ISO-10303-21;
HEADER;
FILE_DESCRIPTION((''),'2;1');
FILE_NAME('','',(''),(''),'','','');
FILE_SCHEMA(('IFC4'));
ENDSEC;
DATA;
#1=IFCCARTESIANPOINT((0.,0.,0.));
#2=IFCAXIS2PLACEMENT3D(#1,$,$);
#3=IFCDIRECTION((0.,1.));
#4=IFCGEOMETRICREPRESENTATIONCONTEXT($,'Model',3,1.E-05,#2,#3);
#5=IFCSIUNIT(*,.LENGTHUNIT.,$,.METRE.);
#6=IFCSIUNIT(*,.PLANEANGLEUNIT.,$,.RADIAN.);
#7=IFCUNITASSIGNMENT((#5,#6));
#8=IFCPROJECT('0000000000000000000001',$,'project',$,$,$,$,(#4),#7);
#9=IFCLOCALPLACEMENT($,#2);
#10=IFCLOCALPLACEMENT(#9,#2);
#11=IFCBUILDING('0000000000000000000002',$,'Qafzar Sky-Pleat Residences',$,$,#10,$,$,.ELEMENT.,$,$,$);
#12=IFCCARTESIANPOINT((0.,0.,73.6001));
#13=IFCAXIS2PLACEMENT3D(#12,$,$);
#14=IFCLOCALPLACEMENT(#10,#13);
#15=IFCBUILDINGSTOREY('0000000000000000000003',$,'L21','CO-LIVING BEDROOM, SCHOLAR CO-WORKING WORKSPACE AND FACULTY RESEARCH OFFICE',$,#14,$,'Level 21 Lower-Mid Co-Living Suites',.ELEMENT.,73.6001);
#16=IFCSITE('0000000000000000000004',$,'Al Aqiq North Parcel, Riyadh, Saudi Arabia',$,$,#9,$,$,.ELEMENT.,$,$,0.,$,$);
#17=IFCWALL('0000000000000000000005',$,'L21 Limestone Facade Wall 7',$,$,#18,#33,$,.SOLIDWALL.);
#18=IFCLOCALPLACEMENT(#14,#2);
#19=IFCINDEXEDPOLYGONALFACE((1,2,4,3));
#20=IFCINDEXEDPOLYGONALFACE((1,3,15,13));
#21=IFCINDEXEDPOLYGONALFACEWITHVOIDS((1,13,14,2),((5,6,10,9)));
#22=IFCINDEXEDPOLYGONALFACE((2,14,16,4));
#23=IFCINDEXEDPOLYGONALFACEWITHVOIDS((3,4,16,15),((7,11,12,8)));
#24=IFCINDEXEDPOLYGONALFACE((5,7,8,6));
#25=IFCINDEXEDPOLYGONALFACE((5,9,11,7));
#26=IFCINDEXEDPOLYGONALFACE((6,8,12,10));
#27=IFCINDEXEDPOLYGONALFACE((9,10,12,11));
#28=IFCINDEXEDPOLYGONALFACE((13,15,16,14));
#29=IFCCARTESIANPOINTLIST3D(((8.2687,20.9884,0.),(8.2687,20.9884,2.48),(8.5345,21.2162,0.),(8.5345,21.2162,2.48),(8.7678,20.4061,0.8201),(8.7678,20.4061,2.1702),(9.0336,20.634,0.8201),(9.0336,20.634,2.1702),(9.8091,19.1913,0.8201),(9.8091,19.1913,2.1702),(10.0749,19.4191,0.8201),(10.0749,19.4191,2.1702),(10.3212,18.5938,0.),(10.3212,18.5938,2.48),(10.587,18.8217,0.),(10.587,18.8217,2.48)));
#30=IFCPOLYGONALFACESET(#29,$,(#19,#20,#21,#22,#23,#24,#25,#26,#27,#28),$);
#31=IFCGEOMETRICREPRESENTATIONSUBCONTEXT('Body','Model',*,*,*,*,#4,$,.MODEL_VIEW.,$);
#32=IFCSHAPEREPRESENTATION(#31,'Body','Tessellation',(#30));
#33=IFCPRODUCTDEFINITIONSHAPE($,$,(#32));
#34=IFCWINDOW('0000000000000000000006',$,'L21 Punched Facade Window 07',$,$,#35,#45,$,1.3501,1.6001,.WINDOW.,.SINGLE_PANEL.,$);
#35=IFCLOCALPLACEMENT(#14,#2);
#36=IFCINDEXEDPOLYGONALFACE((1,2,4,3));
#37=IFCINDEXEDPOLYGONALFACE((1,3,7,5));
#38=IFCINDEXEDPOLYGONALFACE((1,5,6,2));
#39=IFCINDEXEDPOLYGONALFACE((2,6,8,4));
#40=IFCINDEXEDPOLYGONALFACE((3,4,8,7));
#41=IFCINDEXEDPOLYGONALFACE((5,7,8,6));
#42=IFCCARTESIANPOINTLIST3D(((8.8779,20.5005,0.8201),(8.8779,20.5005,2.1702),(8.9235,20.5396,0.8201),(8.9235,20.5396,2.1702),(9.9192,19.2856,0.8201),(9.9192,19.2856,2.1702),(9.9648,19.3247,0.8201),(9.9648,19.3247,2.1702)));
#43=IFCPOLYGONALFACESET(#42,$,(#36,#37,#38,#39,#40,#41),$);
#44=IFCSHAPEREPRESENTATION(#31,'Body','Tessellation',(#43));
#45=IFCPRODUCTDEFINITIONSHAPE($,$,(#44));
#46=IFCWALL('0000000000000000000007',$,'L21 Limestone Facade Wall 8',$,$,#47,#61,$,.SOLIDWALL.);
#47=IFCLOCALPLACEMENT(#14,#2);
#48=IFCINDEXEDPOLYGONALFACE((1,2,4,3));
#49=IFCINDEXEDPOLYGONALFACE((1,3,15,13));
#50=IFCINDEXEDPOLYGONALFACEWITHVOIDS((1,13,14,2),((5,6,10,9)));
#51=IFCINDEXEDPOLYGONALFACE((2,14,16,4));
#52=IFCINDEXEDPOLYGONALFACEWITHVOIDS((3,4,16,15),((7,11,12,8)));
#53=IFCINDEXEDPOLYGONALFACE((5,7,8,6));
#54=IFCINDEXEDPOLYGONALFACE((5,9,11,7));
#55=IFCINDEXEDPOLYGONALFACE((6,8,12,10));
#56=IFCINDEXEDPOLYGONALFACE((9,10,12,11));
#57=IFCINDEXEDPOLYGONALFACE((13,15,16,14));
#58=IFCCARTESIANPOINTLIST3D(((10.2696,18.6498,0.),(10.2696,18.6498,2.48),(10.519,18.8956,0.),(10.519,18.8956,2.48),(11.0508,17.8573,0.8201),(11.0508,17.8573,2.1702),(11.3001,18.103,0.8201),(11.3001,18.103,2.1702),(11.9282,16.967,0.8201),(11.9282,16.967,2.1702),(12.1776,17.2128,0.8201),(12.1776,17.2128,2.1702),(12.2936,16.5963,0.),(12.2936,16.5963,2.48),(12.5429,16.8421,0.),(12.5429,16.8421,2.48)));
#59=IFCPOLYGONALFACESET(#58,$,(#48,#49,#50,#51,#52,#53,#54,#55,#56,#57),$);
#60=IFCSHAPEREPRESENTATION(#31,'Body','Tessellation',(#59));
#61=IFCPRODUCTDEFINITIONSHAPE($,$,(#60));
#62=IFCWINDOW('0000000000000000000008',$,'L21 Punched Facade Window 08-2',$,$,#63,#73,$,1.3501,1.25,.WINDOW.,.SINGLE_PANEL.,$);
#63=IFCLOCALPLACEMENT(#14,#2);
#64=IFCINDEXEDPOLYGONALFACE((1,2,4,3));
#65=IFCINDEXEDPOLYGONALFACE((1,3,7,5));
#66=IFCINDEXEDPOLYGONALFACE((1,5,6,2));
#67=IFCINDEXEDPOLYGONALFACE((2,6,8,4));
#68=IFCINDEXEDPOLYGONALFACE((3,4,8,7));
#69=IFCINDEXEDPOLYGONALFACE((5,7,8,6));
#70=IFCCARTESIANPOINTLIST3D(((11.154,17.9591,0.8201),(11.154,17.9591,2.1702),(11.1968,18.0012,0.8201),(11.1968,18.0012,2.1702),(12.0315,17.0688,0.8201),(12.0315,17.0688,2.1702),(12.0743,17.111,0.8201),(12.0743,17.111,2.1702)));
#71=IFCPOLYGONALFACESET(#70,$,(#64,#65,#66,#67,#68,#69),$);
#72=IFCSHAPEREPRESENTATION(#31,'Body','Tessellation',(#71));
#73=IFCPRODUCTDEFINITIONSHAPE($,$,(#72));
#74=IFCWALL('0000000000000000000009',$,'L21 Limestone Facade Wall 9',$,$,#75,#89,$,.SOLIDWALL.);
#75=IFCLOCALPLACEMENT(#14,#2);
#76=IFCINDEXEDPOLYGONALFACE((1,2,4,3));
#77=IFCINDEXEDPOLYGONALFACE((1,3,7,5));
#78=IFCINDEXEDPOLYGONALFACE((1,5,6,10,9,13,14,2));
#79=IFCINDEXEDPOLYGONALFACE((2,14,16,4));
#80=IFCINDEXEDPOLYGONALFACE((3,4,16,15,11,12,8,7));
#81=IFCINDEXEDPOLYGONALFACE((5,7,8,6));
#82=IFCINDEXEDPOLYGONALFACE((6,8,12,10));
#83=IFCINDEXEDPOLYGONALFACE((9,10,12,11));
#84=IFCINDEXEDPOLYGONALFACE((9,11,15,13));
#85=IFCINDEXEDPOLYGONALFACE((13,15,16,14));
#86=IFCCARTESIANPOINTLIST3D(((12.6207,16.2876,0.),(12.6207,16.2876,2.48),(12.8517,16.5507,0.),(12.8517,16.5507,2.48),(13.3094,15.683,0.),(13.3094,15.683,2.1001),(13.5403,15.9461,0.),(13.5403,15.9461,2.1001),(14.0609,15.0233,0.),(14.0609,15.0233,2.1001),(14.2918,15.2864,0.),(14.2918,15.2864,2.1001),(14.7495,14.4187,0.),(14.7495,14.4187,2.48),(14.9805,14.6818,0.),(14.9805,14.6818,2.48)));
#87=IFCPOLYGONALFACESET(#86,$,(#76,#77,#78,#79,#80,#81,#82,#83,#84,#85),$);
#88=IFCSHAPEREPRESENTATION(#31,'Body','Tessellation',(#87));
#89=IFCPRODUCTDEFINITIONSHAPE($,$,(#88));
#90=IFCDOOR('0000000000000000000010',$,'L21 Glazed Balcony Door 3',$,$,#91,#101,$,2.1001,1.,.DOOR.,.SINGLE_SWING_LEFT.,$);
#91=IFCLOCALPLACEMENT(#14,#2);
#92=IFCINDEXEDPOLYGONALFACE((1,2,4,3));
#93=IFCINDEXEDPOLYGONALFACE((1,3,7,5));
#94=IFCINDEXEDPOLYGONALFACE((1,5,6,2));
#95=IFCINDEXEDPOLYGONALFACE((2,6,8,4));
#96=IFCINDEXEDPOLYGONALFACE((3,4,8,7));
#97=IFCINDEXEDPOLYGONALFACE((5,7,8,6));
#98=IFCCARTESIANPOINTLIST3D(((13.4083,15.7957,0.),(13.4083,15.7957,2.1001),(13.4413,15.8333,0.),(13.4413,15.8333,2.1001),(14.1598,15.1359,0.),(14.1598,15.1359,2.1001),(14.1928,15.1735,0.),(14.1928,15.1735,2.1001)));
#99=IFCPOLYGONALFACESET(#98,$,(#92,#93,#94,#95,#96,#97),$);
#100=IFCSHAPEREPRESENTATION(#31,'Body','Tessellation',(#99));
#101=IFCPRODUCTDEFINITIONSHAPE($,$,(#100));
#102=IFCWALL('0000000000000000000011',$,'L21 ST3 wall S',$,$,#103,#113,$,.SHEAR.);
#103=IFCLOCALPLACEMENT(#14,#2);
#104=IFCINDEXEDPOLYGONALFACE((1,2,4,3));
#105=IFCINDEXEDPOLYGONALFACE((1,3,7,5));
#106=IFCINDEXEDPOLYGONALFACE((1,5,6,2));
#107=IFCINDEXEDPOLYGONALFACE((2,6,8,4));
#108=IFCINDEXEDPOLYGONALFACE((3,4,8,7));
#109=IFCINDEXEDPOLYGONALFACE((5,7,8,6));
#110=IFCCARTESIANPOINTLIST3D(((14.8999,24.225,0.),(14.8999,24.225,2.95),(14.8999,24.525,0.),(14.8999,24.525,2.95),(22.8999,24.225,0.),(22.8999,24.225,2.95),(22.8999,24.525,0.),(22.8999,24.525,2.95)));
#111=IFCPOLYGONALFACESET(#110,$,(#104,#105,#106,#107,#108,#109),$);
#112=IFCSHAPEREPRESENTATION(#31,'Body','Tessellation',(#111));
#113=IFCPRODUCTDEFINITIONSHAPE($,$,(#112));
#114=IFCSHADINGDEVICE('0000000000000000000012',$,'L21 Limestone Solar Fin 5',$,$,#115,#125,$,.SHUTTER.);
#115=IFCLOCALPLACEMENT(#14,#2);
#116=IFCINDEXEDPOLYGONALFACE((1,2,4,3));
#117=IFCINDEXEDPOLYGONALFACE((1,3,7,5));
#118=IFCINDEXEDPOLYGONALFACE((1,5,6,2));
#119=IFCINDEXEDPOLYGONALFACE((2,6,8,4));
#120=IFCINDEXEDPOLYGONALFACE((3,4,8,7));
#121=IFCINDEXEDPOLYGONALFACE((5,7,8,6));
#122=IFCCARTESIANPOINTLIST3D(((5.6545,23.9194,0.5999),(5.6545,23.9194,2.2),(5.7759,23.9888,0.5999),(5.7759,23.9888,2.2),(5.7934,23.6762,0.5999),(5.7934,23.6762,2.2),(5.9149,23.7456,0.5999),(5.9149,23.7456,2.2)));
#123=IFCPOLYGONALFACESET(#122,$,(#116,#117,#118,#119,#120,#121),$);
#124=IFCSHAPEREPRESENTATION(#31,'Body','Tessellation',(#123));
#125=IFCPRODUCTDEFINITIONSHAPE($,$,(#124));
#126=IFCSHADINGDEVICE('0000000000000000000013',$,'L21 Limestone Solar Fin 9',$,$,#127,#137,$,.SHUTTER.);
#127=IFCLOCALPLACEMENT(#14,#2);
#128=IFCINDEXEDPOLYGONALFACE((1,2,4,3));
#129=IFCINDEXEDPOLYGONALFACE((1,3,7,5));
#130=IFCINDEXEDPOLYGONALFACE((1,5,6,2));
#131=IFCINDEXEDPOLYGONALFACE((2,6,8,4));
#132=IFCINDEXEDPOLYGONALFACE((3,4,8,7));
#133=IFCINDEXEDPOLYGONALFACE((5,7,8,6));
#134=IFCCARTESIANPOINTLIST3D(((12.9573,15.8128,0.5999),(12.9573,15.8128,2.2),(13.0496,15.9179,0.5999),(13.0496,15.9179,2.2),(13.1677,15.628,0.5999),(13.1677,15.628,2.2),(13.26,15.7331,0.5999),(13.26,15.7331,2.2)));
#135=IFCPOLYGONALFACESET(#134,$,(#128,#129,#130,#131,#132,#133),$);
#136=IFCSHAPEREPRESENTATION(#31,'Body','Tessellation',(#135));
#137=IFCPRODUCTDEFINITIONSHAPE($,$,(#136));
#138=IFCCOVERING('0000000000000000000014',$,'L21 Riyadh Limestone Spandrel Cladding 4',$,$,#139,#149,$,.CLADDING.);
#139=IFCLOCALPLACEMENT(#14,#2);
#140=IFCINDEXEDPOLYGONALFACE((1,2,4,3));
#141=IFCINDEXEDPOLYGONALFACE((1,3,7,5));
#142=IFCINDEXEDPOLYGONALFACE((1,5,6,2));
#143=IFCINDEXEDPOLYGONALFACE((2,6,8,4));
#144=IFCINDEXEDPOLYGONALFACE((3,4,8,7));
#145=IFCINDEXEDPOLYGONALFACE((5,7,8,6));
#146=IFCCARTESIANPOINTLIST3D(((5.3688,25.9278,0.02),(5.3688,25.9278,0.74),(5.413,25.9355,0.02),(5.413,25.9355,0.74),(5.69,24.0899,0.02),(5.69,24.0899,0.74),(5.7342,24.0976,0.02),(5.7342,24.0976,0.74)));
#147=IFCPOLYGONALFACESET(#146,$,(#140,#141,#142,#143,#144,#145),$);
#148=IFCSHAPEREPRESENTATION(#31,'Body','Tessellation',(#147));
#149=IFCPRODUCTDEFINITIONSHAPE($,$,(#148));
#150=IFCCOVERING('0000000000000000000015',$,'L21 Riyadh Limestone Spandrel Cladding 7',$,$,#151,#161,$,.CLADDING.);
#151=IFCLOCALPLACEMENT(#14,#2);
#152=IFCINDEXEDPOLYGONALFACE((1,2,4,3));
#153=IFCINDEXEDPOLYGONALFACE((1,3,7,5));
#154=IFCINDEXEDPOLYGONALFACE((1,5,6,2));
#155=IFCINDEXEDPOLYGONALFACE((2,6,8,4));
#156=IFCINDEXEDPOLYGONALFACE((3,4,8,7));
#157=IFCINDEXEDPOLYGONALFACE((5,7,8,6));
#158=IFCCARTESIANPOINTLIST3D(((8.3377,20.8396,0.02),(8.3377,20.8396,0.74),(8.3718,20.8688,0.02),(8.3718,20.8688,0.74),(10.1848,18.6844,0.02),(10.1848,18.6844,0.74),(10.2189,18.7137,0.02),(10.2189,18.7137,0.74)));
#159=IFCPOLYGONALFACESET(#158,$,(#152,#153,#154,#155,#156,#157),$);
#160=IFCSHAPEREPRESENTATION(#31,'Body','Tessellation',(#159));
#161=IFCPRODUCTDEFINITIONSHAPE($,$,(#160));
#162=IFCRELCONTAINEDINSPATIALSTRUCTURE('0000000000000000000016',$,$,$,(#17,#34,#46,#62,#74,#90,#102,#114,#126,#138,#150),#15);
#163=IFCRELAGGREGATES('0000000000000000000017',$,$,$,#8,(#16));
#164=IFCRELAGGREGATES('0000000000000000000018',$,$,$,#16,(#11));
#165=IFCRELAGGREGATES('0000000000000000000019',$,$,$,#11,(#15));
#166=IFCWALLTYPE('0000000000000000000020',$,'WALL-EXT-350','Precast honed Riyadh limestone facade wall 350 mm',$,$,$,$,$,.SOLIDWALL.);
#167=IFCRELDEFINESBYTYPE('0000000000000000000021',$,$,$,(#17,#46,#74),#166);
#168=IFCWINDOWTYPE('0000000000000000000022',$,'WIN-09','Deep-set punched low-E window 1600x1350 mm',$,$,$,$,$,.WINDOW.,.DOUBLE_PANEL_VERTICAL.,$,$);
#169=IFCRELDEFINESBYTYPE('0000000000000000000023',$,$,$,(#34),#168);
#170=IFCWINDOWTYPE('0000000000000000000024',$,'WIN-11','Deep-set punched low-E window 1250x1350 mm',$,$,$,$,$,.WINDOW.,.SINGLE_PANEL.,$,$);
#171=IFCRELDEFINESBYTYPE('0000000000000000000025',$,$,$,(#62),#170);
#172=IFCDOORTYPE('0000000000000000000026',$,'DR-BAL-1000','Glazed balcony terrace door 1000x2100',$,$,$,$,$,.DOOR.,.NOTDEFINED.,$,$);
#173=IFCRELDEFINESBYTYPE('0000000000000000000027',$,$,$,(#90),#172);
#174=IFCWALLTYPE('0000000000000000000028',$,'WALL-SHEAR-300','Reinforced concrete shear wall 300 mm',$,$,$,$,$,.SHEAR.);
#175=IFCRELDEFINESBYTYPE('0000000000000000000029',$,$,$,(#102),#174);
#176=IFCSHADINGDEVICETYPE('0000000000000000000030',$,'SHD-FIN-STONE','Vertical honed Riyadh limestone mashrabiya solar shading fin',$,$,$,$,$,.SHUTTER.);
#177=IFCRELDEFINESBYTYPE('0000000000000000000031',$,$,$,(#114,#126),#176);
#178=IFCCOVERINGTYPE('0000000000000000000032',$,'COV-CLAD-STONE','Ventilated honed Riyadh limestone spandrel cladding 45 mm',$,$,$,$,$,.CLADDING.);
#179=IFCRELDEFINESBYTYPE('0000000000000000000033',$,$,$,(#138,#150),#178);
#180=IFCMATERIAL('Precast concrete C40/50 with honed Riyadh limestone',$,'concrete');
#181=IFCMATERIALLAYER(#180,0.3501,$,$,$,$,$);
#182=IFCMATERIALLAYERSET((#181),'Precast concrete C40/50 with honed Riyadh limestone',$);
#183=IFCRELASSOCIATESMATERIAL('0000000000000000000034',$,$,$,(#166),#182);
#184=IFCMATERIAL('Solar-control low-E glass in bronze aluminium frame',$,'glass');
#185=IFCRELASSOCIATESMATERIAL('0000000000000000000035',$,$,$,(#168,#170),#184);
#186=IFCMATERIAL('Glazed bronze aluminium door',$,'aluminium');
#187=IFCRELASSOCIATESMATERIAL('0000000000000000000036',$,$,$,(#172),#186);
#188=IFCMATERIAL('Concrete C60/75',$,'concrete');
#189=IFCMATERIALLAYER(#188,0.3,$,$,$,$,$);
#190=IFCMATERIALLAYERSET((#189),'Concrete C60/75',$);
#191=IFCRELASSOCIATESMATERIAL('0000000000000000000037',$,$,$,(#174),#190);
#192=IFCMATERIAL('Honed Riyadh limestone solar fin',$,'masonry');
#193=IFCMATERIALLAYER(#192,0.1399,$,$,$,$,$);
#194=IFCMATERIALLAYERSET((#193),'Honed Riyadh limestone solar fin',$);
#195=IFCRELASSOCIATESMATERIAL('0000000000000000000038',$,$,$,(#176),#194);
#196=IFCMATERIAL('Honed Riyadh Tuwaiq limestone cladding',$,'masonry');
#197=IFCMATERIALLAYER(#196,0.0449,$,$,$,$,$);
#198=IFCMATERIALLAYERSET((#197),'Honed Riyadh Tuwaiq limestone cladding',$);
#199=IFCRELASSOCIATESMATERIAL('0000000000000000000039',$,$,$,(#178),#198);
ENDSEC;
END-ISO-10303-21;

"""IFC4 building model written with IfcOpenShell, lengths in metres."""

from ifc_helpers import new_model, si_unit, direction, frame, frame_2d, origin, origin_2d, place, context, subcontext, project, spatial, rectangle, extrude, source, transform, mapped, material, layer, layer_set, type_object, element, fill, save


model = new_model("IFC4")

# Units and contexts
model_context = context("Model", 3, precision=1e-05, world=origin(), true_north=direction((0.0, 1.0)))
body_context = subcontext(model_context, "Body", "Model", "MODEL_VIEW")
ifc_project = project(units=[si_unit("LENGTHUNIT", "METRE"), si_unit("PLANEANGLEUNIT", "RADIAN")], contexts=[model_context])

# Site, building, storey
site_placement = place(None, origin())
site = spatial("IfcSite", under=ifc_project, at=site_placement, Name="Al Aqiq North Parcel, Riyadh, Saudi Arabia", CompositionType="ELEMENT", RefElevation=0.0)
building_placement = place(site_placement, origin())
building = spatial("IfcBuilding", under=site, at=building_placement, Name="Qafzar Sky-Pleat Residences", CompositionType="ELEMENT")
storey_placement = place(building_placement, frame((0.0, 0.0, 73.6001)))
storey = spatial("IfcBuildingStorey", under=building, at=storey_placement, Name="L21", Description="CO-LIVING BEDROOM, SCHOLAR CO-WORKING WORKSPACE AND FACULTY RESEARCH OFFICE", LongName="Level 21 Lower-Mid Co-Living Suites", CompositionType="ELEMENT", Elevation=73.6001)

# Shared definitions
ifc_material_1 = material(Name="Concrete C60/75", Category="concrete")

# Walls, openings, windows
ifc_material_2 = material(Name="Precast concrete C40/50 with honed Riyadh limestone", Category="concrete")
ifc_layer_1 = layer(ifc_material_2, 0.3501)
ifc_layer_set_1 = layer_set([ifc_layer_1], Name="Precast concrete C40/50 with honed Riyadh limestone")
wall_type_1 = type_object("IfcWallType", Name="WALL-EXT-350", Description="Precast honed Riyadh limestone facade wall 350 mm", PredefinedType="SOLIDWALL", material=ifc_layer_set_1)
ifc_material_3 = material(Name="Solar-control low-E glass in bronze aluminium frame", Category="glass")
wall_1_placement = place(storey_placement, frame((8.4016, 21.1023, 0.0), z_axis=(0.0, 0.0, 1.0), x_axis=(0.650798, -0.759251, 0.0)))
wall_1 = element("IfcWall", 1, at=wall_1_placement, inside=storey, type_object=wall_type_1, Name="L21 Limestone Facade Wall 7", PredefinedType="SOLIDWALL", context=body_context, shape_type="SweptSolid", body=[
    extrude(rectangle(XDim=3.1538, YDim=0.3501, at=frame_2d((1.5769, 0.0))), origin(), (0.0, 0.0, 1.0), 2.48),
])
opening_1_placement = place(wall_1_placement, frame((0.7668, 0.0, 0.8201)))
opening_1 = element("IfcOpeningElement", 2, at=opening_1_placement, cuts=wall_1, PredefinedType="OPENING", context=body_context, shape_type="SweptSolid", body=[
    extrude(rectangle(XDim=1.6001, YDim=1.3501, at=frame_2d((0.8, 0.675))), frame((0.0, 0.1851, 0.0), z_axis=(0.0, -1.0, 0.0), x_axis=(1.0, 0.0, 0.0)), (0.0, 0.0, 1.0), 0.3701),
])
window_type_1 = type_object("IfcWindowType", Name="WIN-09", Description="Deep-set punched low-E window 1600x1350 mm", PartitioningType="DOUBLE_PANEL_VERTICAL", PredefinedType="WINDOW", material=ifc_material_3)
shared_shape_1 = source(origin(), body_context, "Body", "SweptSolid", [
    extrude(rectangle(XDim=1.6001, YDim=1.3501, at=frame_2d((0.8, 0.675))), frame((0.0, 0.03, 0.0), z_axis=(0.0, -1.0, 0.0), x_axis=(1.0, 0.0, 0.0)), (0.0, 0.0, 1.0), 0.0601),
])
window_1_placement = place(opening_1_placement, origin())
window_1 = element("IfcWindow", 3, at=window_1_placement, inside=storey, type_object=window_type_1, Name="L21 Punched Facade Window 07", OverallHeight=1.3501, OverallWidth=1.6001, PartitioningType="SINGLE_PANEL", PredefinedType="WINDOW", context=body_context, shape_type="MappedRepresentation", body=[
    mapped(shared_shape_1, transform((0.0, 0.0, 0.0), x_axis=(1.0, 0.0, 0.0), y_axis=(0.0, 1.0, 0.0), z_axis=(0.0, 0.0, 1.0), scale=1.0)),
])
fill(opening_1, window_1)
wall_2_placement = place(storey_placement, frame((10.3943, 18.7727, 0.0), z_axis=(0.0, 0.0, 1.0), x_axis=(0.701965, -0.712211, 0.0)))
wall_2 = element("IfcWall", 4, at=wall_2_placement, inside=storey, type_object=wall_type_1, Name="L21 Limestone Facade Wall 8", PredefinedType="SOLIDWALL", context=body_context, shape_type="SweptSolid", body=[
    extrude(rectangle(XDim=2.8833, YDim=0.3501, at=frame_2d((1.4417, 0.0))), origin(), (0.0, 0.0, 1.0), 2.48),
])
opening_2_placement = place(wall_2_placement, frame((1.1128, 0.0, 0.8201)))
opening_2 = element("IfcOpeningElement", 5, at=opening_2_placement, cuts=wall_2, PredefinedType="OPENING", context=body_context, shape_type="SweptSolid", body=[
    extrude(rectangle(XDim=1.25, YDim=1.3501, at=frame_2d((0.625, 0.675))), frame((0.0, 0.1851, 0.0), z_axis=(0.0, -1.0, 0.0), x_axis=(1.0, 0.0, 0.0)), (0.0, 0.0, 1.0), 0.3701),
])
window_type_2 = type_object("IfcWindowType", Name="WIN-11", Description="Deep-set punched low-E window 1250x1350 mm", PartitioningType="SINGLE_PANEL", PredefinedType="WINDOW", material=ifc_material_3)
shared_shape_2 = source(origin(), body_context, "Body", "SweptSolid", [
    extrude(rectangle(XDim=1.25, YDim=1.3501, at=frame_2d((0.625, 0.675))), frame((0.0, 0.03, 0.0), z_axis=(0.0, -1.0, 0.0), x_axis=(1.0, 0.0, 0.0)), (0.0, 0.0, 1.0), 0.0601),
])
window_2_placement = place(opening_2_placement, origin())
window_2 = element("IfcWindow", 6, at=window_2_placement, inside=storey, type_object=window_type_2, Name="L21 Punched Facade Window 08-2", OverallHeight=1.3501, OverallWidth=1.25, PartitioningType="SINGLE_PANEL", PredefinedType="WINDOW", context=body_context, shape_type="MappedRepresentation", body=[
    mapped(shared_shape_2, transform((0.0, 0.0, 0.0), x_axis=(1.0, 0.0, 0.0), y_axis=(0.0, 1.0, 0.0), z_axis=(0.0, 0.0, 1.0), scale=1.0)),
])
fill(opening_2, window_2)

# Wall, opening, door
wall_3_placement = place(storey_placement, frame((12.7361, 16.4192, 0.0), z_axis=(0.0, 0.0, 1.0), x_axis=(0.751508, -0.659724, 0.0)))
wall_3 = element("IfcWall", 7, at=wall_3_placement, inside=storey, type_object=wall_type_1, Name="L21 Limestone Facade Wall 9", PredefinedType="SOLIDWALL", context=body_context, shape_type="SweptSolid", body=[
    extrude(rectangle(XDim=2.8328, YDim=0.3501, at=frame_2d((1.4165, 0.0))), origin(), (0.0, 0.0, 1.0), 2.48),
])
opening_3_placement = place(wall_3_placement, frame((0.9165, 0.0, 0.0)))
opening_3 = element("IfcOpeningElement", 8, at=opening_3_placement, cuts=wall_3, PredefinedType="OPENING", context=body_context, shape_type="SweptSolid", body=[
    extrude(rectangle(XDim=1.0, YDim=2.1001, at=frame_2d((0.5, 1.05))), frame((0.0, 0.1851, 0.0), z_axis=(0.0, -1.0, 0.0), x_axis=(1.0, 0.0, 0.0)), (0.0, 0.0, 1.0), 0.3701),
])
ifc_material_4 = material(Name="Glazed bronze aluminium door", Category="aluminium")
door_type = type_object("IfcDoorType", Name="DR-BAL-1000", Description="Glazed balcony terrace door 1000x2100", OperationType="NOTDEFINED", PredefinedType="DOOR", material=ifc_material_4)
shared_shape_3 = source(origin(), body_context, "Body", "SweptSolid", [
    extrude(rectangle(XDim=1.0, YDim=2.1001, at=frame_2d((0.5, 1.05))), frame((0.0, 0.0249, 0.0), z_axis=(0.0, -1.0, 0.0), x_axis=(1.0, 0.0, 0.0)), (0.0, 0.0, 1.0), 0.05),
])
door_placement = place(opening_3_placement, origin())
door = element("IfcDoor", 9, at=door_placement, inside=storey, type_object=door_type, Name="L21 Glazed Balcony Door 3", OperationType="SINGLE_SWING_LEFT", OverallHeight=2.1001, OverallWidth=1.0, PredefinedType="DOOR", context=body_context, shape_type="MappedRepresentation", body=[
    mapped(shared_shape_3, transform((0.0, 0.0, 0.0), x_axis=(1.0, 0.0, 0.0), y_axis=(0.0, 1.0, 0.0), z_axis=(0.0, 0.0, 1.0), scale=1.0)),
])
fill(opening_3, door)

# Wall
ifc_layer_2 = layer(ifc_material_1, 0.3)
ifc_layer_set_2 = layer_set([ifc_layer_2], Name="Concrete C60/75")
wall_type_2 = type_object("IfcWallType", Name="WALL-SHEAR-300", Description="Reinforced concrete shear wall 300 mm", PredefinedType="SHEAR", material=ifc_layer_set_2)
wall_4_placement = place(storey_placement, frame((14.8999, 24.375, 0.0), z_axis=(0.0, 0.0, 1.0), x_axis=(1.0, 0.0, 0.0)))
element("IfcWall", 10, at=wall_4_placement, inside=storey, type_object=wall_type_2, Name="L21 ST3 wall S", PredefinedType="SHEAR", context=body_context, shape_type="SweptSolid", body=[
    extrude(rectangle(XDim=8.0, YDim=0.3, at=frame_2d((4.0, 0.0))), origin(), (0.0, 0.0, 1.0), 2.95),
])

# Shading devices
ifc_material_5 = material(Name="Honed Riyadh limestone solar fin", Category="masonry")
ifc_layer_3 = layer(ifc_material_5, 0.1399)
ifc_layer_set_3 = layer_set([ifc_layer_3], Name="Honed Riyadh limestone solar fin")
shading_device_type = type_object("IfcShadingDeviceType", Name="SHD-FIN-STONE", Description="Vertical honed Riyadh limestone mashrabiya solar shading fin", PredefinedType="SHUTTER", material=ifc_layer_set_3)
shared_shape_4 = source(origin(), body_context, "Body", "SweptSolid", [
    extrude(rectangle(XDim=0.1399, YDim=0.28, at=origin_2d()), origin(), (0.0, 0.0, 1.0), 1.6001),
])
for number, where, z_axis, x_axis, name in (
    (11, (5.7847, 23.8325, 0.5999), (0.0, 0.0, 1.0), (-0.868289, -0.496058, 0.0), "L21 Limestone Solar Fin 5"),
    (12, (13.1086, 15.7729, 0.5999), (0.0, 0.0, 1.0), (-0.659704, -0.751526, 0.0), "L21 Limestone Solar Fin 9"),
):
    element("IfcShadingDevice", number, at=place(storey_placement, frame(where, z_axis=z_axis, x_axis=x_axis)), inside=storey, type_object=shading_device_type, Name=name, PredefinedType="SHUTTER", context=body_context, shape_type="MappedRepresentation", body=[
        mapped(shared_shape_4, transform((0.0, 0.0, 0.0), x_axis=(1.0, 0.0, 0.0), y_axis=(0.0, 1.0, 0.0), z_axis=(0.0, 0.0, 1.0), scale=1.0)),
    ])

# Coverings
ifc_material_6 = material(Name="Honed Riyadh Tuwaiq limestone cladding", Category="masonry")
ifc_layer_4 = layer(ifc_material_6, 0.0449)
ifc_layer_set_4 = layer_set([ifc_layer_4], Name="Honed Riyadh Tuwaiq limestone cladding")
covering_type = type_object("IfcCoveringType", Name="COV-CLAD-STONE", Description="Ventilated honed Riyadh limestone spandrel cladding 45 mm", PredefinedType="CLADDING", material=ifc_layer_set_4)
shared_shape_5 = source(origin(), body_context, "Body", "SweptSolid", [
    extrude(rectangle(XDim=1.8657, YDim=0.0449, at=origin_2d()), origin(), (0.0, 0.0, 1.0), 0.72),
])
covering_1_placement = place(storey_placement, frame((5.5515, 25.0127, 0.02), z_axis=(0.0, 0.0, 1.0), x_axis=(0.172162, -0.985069, 0.0)))
element("IfcCovering", 13, at=covering_1_placement, inside=storey, type_object=covering_type, Name="L21 Riyadh Limestone Spandrel Cladding 4", PredefinedType="CLADDING", context=body_context, shape_type="MappedRepresentation", body=[
    mapped(shared_shape_5, transform((0.0, 0.0, 0.0), x_axis=(1.0, 0.0, 0.0), y_axis=(0.0, 1.0, 0.0), z_axis=(0.0, 0.0, 1.0), scale=1.0)),
])
shared_shape_6 = source(origin(), body_context, "Body", "SweptSolid", [
    extrude(rectangle(XDim=2.8384, YDim=0.0449, at=origin_2d()), origin(), (0.0, 0.0, 1.0), 0.72),
])
covering_2_placement = place(storey_placement, frame((9.2783, 19.7766, 0.02), z_axis=(0.0, 0.0, 1.0), x_axis=(0.650768, -0.759277, 0.0)))
element("IfcCovering", 14, at=covering_2_placement, inside=storey, type_object=covering_type, Name="L21 Riyadh Limestone Spandrel Cladding 7", PredefinedType="CLADDING", context=body_context, shape_type="MappedRepresentation", body=[
    mapped(shared_shape_6, transform((0.0, 0.0, 0.0), x_axis=(1.0, 0.0, 0.0), y_axis=(0.0, 1.0, 0.0), z_axis=(0.0, 0.0, 1.0), scale=1.0)),
])

save(model, "model.ifc")
